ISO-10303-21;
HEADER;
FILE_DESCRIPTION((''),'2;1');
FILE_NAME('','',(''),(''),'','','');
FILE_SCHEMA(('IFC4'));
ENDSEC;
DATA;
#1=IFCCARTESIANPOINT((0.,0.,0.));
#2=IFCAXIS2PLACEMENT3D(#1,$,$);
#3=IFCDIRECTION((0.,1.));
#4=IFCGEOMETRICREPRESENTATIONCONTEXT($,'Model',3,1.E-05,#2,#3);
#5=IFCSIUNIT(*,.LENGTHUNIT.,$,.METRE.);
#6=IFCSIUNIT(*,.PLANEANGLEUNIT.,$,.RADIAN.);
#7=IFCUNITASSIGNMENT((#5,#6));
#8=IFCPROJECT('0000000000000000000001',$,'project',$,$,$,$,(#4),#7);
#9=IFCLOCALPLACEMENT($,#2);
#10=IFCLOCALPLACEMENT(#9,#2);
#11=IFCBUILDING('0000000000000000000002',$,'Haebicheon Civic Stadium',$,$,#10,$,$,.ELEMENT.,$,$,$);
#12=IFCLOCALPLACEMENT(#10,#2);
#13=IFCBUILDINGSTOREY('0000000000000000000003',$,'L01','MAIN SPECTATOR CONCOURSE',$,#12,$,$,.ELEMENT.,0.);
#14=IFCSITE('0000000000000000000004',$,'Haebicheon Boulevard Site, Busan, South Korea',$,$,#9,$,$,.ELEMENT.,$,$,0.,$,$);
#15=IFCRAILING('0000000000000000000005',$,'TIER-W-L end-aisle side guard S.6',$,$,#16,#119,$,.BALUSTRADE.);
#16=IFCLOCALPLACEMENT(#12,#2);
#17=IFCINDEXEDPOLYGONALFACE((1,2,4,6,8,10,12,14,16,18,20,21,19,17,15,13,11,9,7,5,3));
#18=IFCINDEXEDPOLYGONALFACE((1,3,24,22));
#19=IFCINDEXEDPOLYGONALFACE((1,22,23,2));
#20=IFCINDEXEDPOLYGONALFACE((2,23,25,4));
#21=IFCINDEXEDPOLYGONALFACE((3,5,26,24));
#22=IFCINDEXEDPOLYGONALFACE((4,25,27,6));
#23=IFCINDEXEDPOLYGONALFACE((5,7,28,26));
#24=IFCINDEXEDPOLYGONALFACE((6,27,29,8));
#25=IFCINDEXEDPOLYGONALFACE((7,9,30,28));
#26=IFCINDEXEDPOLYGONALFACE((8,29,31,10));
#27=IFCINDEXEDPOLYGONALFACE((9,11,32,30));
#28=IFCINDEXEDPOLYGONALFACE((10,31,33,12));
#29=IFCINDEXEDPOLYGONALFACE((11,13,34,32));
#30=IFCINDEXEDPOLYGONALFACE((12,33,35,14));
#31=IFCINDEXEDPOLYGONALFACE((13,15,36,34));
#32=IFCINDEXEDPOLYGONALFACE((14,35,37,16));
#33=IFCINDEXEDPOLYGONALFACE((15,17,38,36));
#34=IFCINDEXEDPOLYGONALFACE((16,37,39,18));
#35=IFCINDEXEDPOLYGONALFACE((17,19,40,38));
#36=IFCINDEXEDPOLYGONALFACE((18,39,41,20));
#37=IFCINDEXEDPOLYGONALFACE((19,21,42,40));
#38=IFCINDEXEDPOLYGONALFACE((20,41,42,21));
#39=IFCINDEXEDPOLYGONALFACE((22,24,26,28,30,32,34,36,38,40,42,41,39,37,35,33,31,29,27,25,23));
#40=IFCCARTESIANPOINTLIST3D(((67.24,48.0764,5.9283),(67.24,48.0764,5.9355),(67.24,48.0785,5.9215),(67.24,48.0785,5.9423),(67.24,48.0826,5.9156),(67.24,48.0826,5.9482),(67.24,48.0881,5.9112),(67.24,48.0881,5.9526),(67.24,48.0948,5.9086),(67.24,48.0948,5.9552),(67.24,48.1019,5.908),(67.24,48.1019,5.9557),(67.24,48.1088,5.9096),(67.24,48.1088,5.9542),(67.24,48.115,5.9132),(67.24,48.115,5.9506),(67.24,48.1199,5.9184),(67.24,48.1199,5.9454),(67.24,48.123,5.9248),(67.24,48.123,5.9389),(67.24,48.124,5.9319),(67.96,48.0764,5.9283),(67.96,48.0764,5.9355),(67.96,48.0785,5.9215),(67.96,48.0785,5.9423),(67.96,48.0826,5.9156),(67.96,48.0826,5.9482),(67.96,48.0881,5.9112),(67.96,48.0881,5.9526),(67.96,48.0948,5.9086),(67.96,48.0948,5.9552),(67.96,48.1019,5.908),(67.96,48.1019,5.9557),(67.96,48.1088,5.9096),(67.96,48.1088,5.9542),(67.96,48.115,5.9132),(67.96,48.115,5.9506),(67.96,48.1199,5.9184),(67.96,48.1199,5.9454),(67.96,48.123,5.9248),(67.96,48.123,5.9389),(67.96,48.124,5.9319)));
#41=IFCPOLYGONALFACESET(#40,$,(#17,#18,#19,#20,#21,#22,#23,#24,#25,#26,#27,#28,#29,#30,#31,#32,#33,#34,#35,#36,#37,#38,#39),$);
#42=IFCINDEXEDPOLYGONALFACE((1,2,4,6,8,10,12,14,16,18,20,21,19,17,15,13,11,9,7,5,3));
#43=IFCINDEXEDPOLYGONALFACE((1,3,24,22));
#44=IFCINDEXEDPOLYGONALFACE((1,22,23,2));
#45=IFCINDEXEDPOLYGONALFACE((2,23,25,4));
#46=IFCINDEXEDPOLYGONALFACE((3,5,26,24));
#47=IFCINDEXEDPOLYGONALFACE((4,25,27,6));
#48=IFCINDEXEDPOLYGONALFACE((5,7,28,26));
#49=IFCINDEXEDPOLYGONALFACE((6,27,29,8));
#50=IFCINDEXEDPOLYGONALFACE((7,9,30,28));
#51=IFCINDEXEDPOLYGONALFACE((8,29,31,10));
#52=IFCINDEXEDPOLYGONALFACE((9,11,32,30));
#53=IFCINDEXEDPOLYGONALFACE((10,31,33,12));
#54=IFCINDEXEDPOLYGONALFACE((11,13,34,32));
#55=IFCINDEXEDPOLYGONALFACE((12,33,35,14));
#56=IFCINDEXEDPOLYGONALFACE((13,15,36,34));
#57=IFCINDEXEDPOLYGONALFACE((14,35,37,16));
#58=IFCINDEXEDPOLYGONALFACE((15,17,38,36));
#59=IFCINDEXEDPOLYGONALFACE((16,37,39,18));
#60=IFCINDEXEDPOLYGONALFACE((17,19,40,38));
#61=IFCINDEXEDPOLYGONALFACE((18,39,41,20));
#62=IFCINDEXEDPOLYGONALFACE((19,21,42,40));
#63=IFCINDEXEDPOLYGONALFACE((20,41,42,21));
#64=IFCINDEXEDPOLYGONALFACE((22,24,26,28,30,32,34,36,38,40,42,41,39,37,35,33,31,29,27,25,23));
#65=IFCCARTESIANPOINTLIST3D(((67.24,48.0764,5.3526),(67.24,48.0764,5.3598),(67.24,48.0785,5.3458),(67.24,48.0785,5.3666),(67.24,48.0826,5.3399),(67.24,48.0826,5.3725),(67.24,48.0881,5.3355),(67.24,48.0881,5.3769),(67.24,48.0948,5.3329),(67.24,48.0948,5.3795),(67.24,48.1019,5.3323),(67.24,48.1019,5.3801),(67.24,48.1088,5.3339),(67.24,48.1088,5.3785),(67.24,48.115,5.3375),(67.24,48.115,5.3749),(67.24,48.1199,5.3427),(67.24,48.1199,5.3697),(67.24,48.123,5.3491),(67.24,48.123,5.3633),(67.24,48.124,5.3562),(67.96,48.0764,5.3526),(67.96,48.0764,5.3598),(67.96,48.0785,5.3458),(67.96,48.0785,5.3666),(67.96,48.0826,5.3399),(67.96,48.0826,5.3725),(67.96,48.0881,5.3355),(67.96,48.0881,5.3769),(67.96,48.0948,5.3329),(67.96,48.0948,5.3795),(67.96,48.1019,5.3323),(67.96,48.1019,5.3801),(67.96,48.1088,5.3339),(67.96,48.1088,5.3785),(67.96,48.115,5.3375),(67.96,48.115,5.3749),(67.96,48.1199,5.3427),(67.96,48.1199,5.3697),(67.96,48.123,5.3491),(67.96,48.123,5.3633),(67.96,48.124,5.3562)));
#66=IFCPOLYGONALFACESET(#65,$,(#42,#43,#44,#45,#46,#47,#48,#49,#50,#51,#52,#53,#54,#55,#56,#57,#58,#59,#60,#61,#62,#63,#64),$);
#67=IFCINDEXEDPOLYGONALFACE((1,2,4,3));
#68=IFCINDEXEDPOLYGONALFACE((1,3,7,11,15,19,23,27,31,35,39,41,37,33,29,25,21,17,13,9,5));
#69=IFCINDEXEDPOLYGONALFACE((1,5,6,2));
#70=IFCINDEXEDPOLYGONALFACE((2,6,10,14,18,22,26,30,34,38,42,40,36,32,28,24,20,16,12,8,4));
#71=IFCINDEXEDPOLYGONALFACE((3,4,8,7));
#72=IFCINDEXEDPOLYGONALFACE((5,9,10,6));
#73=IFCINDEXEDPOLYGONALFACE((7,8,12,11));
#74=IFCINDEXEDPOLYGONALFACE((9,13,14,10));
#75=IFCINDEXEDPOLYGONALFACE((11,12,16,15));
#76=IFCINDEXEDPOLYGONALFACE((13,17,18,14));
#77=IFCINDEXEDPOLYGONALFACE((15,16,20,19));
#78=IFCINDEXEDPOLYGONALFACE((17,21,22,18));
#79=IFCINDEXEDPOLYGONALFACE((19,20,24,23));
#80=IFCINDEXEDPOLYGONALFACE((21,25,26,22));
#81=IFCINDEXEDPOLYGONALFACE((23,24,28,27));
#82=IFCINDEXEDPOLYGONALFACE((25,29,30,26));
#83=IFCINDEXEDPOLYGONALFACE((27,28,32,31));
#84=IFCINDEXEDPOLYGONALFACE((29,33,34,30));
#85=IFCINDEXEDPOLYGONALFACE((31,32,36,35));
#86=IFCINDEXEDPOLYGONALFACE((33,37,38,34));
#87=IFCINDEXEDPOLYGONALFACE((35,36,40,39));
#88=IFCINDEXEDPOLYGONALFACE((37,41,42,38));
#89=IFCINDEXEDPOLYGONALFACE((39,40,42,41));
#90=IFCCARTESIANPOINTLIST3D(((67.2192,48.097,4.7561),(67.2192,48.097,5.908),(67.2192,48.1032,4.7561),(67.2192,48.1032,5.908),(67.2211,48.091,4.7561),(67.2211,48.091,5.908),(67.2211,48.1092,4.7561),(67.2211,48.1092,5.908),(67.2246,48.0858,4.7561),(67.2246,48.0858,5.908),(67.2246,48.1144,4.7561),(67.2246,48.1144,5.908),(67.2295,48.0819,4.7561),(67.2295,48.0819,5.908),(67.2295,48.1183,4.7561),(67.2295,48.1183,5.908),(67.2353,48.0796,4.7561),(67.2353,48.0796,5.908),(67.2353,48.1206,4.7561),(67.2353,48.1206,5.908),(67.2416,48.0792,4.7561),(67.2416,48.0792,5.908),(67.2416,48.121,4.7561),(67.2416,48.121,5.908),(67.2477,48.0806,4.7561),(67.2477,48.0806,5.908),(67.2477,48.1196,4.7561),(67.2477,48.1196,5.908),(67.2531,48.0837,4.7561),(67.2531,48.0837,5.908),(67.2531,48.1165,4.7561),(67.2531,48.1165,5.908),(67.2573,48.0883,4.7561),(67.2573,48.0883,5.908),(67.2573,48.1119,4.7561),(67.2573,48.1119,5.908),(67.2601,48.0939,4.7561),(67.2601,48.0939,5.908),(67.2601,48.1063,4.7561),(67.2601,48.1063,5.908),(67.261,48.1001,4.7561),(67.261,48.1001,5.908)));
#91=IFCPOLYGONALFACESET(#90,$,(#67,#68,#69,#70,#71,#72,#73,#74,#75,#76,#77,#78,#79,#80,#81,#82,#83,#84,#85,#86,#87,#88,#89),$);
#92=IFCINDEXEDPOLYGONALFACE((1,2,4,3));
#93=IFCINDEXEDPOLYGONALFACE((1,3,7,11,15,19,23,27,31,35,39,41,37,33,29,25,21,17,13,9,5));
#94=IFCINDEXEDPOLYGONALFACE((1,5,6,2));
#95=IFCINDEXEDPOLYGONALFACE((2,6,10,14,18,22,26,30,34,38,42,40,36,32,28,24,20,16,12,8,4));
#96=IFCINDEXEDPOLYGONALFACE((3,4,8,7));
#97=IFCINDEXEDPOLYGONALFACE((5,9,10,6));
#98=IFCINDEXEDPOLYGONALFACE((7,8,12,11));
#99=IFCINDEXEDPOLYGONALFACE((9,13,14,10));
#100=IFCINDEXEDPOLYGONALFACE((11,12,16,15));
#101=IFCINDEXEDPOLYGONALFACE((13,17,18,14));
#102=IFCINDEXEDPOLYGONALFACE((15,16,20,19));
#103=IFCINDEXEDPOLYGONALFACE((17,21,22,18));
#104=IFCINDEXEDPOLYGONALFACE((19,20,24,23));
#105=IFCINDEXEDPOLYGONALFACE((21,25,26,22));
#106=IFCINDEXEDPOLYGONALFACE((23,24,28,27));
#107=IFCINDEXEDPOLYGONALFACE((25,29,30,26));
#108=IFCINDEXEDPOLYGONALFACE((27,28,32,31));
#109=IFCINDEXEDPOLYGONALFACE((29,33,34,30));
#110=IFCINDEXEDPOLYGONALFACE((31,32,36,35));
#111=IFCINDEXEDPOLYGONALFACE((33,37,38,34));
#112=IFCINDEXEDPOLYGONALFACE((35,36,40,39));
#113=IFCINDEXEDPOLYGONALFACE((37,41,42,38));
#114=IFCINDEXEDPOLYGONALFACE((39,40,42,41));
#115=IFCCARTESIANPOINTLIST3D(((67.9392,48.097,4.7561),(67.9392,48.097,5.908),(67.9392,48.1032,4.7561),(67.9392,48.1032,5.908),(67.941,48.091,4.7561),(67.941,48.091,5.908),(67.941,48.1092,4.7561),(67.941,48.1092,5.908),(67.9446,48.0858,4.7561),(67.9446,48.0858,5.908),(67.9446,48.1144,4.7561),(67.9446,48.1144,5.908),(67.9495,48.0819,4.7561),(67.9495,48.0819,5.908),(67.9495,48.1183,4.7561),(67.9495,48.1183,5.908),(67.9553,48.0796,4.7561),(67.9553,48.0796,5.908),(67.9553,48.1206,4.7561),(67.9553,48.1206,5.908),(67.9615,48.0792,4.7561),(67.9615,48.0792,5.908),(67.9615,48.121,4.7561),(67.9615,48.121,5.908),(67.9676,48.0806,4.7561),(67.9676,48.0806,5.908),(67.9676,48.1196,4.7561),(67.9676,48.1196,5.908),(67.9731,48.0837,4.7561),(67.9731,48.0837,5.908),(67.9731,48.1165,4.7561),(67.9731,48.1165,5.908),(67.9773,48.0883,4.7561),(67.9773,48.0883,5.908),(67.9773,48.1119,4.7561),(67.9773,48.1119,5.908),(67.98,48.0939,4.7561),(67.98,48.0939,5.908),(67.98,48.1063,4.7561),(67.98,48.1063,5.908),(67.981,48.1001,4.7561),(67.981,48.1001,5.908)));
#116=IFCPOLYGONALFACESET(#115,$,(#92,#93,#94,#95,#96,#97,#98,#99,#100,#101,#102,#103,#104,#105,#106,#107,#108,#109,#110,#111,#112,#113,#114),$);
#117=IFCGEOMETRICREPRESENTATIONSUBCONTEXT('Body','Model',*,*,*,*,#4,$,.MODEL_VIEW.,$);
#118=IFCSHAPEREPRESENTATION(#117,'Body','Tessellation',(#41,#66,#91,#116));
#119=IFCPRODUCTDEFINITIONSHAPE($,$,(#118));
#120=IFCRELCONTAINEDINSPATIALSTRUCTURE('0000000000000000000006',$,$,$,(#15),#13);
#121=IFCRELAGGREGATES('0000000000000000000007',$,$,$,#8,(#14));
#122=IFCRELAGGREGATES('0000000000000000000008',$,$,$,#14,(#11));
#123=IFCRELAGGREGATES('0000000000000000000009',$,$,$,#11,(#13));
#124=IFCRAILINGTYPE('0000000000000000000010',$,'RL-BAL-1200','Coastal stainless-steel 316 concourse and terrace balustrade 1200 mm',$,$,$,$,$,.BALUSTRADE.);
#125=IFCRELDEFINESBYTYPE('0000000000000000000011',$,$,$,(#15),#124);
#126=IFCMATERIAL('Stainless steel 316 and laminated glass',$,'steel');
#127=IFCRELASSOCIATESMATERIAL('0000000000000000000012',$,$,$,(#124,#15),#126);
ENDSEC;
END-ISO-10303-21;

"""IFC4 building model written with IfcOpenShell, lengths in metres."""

from ifc_helpers import new_model, si_unit, direction, frame, origin, origin_2d, place, context, subcontext, project, spatial, circle, extrude, material, type_object, element, save


model = new_model("IFC4")

# Units and contexts
model_context = context("Model", 3, precision=1e-05, world=origin(), true_north=direction((0.0, 1.0)))
body_context = subcontext(model_context, "Body", "Model", "MODEL_VIEW")
ifc_project = project(units=[si_unit("LENGTHUNIT", "METRE"), si_unit("PLANEANGLEUNIT", "RADIAN")], contexts=[model_context])

# Site, building, storey
site_placement = place(None, origin())
site = spatial("IfcSite", under=ifc_project, at=site_placement, Name="Haebicheon Boulevard Site, Busan, South Korea", CompositionType="ELEMENT", RefElevation=0.0)
building_placement = place(site_placement, origin())
building = spatial("IfcBuilding", under=site, at=building_placement, Name="Haebicheon Civic Stadium", CompositionType="ELEMENT")
storey_placement = place(building_placement, origin())
storey = spatial("IfcBuildingStorey", under=building, at=storey_placement, Name="L01", Description="MAIN SPECTATOR CONCOURSE", CompositionType="ELEMENT", Elevation=0.0)

# Railing
ifc_material_1 = material(Name="Stainless steel 316 and laminated glass", Category="steel")
railing_type = type_object("IfcRailingType", Name="RL-BAL-1200", Description="Coastal stainless-steel 316 concourse and terrace balustrade 1200 mm", PredefinedType="BALUSTRADE", material=ifc_material_1)
for number, where, name in (
    (1, (67.24, 48.1001, 4.7561), "TIER-W-L end-aisle side guard S.6"),
):
    element("IfcRailing", number, at=place(storey_placement, frame(where)), inside=storey, type_object=railing_type, material=ifc_material_1, Name=name, PredefinedType="BALUSTRADE", context=body_context, shape_type="SweptSolid", body=[
        extrude(circle(Radius=0.0239, at=origin_2d()), frame((0.0, 0.0, 1.1758), z_axis=(1.0, 0.0, 0.0), x_axis=(0.0, 1.0, 0.0)), (0.0, 0.0, 1.0), 0.72),
        extrude(circle(Radius=0.0239, at=origin_2d()), frame((0.0, 0.0, 0.6001), z_axis=(1.0, 0.0, 0.0), x_axis=(0.0, 1.0, 0.0)), (0.0, 0.0, 1.0), 0.72),
        extrude(circle(Radius=0.021, at=origin_2d()), origin(), (0.0, 0.0, 1.0), 1.1519),
        extrude(circle(Radius=0.021, at=origin_2d()), frame((0.72, 0.0, 0.0)), (0.0, 0.0, 1.0), 1.1519),
    ])

save(model, "model.ifc")
